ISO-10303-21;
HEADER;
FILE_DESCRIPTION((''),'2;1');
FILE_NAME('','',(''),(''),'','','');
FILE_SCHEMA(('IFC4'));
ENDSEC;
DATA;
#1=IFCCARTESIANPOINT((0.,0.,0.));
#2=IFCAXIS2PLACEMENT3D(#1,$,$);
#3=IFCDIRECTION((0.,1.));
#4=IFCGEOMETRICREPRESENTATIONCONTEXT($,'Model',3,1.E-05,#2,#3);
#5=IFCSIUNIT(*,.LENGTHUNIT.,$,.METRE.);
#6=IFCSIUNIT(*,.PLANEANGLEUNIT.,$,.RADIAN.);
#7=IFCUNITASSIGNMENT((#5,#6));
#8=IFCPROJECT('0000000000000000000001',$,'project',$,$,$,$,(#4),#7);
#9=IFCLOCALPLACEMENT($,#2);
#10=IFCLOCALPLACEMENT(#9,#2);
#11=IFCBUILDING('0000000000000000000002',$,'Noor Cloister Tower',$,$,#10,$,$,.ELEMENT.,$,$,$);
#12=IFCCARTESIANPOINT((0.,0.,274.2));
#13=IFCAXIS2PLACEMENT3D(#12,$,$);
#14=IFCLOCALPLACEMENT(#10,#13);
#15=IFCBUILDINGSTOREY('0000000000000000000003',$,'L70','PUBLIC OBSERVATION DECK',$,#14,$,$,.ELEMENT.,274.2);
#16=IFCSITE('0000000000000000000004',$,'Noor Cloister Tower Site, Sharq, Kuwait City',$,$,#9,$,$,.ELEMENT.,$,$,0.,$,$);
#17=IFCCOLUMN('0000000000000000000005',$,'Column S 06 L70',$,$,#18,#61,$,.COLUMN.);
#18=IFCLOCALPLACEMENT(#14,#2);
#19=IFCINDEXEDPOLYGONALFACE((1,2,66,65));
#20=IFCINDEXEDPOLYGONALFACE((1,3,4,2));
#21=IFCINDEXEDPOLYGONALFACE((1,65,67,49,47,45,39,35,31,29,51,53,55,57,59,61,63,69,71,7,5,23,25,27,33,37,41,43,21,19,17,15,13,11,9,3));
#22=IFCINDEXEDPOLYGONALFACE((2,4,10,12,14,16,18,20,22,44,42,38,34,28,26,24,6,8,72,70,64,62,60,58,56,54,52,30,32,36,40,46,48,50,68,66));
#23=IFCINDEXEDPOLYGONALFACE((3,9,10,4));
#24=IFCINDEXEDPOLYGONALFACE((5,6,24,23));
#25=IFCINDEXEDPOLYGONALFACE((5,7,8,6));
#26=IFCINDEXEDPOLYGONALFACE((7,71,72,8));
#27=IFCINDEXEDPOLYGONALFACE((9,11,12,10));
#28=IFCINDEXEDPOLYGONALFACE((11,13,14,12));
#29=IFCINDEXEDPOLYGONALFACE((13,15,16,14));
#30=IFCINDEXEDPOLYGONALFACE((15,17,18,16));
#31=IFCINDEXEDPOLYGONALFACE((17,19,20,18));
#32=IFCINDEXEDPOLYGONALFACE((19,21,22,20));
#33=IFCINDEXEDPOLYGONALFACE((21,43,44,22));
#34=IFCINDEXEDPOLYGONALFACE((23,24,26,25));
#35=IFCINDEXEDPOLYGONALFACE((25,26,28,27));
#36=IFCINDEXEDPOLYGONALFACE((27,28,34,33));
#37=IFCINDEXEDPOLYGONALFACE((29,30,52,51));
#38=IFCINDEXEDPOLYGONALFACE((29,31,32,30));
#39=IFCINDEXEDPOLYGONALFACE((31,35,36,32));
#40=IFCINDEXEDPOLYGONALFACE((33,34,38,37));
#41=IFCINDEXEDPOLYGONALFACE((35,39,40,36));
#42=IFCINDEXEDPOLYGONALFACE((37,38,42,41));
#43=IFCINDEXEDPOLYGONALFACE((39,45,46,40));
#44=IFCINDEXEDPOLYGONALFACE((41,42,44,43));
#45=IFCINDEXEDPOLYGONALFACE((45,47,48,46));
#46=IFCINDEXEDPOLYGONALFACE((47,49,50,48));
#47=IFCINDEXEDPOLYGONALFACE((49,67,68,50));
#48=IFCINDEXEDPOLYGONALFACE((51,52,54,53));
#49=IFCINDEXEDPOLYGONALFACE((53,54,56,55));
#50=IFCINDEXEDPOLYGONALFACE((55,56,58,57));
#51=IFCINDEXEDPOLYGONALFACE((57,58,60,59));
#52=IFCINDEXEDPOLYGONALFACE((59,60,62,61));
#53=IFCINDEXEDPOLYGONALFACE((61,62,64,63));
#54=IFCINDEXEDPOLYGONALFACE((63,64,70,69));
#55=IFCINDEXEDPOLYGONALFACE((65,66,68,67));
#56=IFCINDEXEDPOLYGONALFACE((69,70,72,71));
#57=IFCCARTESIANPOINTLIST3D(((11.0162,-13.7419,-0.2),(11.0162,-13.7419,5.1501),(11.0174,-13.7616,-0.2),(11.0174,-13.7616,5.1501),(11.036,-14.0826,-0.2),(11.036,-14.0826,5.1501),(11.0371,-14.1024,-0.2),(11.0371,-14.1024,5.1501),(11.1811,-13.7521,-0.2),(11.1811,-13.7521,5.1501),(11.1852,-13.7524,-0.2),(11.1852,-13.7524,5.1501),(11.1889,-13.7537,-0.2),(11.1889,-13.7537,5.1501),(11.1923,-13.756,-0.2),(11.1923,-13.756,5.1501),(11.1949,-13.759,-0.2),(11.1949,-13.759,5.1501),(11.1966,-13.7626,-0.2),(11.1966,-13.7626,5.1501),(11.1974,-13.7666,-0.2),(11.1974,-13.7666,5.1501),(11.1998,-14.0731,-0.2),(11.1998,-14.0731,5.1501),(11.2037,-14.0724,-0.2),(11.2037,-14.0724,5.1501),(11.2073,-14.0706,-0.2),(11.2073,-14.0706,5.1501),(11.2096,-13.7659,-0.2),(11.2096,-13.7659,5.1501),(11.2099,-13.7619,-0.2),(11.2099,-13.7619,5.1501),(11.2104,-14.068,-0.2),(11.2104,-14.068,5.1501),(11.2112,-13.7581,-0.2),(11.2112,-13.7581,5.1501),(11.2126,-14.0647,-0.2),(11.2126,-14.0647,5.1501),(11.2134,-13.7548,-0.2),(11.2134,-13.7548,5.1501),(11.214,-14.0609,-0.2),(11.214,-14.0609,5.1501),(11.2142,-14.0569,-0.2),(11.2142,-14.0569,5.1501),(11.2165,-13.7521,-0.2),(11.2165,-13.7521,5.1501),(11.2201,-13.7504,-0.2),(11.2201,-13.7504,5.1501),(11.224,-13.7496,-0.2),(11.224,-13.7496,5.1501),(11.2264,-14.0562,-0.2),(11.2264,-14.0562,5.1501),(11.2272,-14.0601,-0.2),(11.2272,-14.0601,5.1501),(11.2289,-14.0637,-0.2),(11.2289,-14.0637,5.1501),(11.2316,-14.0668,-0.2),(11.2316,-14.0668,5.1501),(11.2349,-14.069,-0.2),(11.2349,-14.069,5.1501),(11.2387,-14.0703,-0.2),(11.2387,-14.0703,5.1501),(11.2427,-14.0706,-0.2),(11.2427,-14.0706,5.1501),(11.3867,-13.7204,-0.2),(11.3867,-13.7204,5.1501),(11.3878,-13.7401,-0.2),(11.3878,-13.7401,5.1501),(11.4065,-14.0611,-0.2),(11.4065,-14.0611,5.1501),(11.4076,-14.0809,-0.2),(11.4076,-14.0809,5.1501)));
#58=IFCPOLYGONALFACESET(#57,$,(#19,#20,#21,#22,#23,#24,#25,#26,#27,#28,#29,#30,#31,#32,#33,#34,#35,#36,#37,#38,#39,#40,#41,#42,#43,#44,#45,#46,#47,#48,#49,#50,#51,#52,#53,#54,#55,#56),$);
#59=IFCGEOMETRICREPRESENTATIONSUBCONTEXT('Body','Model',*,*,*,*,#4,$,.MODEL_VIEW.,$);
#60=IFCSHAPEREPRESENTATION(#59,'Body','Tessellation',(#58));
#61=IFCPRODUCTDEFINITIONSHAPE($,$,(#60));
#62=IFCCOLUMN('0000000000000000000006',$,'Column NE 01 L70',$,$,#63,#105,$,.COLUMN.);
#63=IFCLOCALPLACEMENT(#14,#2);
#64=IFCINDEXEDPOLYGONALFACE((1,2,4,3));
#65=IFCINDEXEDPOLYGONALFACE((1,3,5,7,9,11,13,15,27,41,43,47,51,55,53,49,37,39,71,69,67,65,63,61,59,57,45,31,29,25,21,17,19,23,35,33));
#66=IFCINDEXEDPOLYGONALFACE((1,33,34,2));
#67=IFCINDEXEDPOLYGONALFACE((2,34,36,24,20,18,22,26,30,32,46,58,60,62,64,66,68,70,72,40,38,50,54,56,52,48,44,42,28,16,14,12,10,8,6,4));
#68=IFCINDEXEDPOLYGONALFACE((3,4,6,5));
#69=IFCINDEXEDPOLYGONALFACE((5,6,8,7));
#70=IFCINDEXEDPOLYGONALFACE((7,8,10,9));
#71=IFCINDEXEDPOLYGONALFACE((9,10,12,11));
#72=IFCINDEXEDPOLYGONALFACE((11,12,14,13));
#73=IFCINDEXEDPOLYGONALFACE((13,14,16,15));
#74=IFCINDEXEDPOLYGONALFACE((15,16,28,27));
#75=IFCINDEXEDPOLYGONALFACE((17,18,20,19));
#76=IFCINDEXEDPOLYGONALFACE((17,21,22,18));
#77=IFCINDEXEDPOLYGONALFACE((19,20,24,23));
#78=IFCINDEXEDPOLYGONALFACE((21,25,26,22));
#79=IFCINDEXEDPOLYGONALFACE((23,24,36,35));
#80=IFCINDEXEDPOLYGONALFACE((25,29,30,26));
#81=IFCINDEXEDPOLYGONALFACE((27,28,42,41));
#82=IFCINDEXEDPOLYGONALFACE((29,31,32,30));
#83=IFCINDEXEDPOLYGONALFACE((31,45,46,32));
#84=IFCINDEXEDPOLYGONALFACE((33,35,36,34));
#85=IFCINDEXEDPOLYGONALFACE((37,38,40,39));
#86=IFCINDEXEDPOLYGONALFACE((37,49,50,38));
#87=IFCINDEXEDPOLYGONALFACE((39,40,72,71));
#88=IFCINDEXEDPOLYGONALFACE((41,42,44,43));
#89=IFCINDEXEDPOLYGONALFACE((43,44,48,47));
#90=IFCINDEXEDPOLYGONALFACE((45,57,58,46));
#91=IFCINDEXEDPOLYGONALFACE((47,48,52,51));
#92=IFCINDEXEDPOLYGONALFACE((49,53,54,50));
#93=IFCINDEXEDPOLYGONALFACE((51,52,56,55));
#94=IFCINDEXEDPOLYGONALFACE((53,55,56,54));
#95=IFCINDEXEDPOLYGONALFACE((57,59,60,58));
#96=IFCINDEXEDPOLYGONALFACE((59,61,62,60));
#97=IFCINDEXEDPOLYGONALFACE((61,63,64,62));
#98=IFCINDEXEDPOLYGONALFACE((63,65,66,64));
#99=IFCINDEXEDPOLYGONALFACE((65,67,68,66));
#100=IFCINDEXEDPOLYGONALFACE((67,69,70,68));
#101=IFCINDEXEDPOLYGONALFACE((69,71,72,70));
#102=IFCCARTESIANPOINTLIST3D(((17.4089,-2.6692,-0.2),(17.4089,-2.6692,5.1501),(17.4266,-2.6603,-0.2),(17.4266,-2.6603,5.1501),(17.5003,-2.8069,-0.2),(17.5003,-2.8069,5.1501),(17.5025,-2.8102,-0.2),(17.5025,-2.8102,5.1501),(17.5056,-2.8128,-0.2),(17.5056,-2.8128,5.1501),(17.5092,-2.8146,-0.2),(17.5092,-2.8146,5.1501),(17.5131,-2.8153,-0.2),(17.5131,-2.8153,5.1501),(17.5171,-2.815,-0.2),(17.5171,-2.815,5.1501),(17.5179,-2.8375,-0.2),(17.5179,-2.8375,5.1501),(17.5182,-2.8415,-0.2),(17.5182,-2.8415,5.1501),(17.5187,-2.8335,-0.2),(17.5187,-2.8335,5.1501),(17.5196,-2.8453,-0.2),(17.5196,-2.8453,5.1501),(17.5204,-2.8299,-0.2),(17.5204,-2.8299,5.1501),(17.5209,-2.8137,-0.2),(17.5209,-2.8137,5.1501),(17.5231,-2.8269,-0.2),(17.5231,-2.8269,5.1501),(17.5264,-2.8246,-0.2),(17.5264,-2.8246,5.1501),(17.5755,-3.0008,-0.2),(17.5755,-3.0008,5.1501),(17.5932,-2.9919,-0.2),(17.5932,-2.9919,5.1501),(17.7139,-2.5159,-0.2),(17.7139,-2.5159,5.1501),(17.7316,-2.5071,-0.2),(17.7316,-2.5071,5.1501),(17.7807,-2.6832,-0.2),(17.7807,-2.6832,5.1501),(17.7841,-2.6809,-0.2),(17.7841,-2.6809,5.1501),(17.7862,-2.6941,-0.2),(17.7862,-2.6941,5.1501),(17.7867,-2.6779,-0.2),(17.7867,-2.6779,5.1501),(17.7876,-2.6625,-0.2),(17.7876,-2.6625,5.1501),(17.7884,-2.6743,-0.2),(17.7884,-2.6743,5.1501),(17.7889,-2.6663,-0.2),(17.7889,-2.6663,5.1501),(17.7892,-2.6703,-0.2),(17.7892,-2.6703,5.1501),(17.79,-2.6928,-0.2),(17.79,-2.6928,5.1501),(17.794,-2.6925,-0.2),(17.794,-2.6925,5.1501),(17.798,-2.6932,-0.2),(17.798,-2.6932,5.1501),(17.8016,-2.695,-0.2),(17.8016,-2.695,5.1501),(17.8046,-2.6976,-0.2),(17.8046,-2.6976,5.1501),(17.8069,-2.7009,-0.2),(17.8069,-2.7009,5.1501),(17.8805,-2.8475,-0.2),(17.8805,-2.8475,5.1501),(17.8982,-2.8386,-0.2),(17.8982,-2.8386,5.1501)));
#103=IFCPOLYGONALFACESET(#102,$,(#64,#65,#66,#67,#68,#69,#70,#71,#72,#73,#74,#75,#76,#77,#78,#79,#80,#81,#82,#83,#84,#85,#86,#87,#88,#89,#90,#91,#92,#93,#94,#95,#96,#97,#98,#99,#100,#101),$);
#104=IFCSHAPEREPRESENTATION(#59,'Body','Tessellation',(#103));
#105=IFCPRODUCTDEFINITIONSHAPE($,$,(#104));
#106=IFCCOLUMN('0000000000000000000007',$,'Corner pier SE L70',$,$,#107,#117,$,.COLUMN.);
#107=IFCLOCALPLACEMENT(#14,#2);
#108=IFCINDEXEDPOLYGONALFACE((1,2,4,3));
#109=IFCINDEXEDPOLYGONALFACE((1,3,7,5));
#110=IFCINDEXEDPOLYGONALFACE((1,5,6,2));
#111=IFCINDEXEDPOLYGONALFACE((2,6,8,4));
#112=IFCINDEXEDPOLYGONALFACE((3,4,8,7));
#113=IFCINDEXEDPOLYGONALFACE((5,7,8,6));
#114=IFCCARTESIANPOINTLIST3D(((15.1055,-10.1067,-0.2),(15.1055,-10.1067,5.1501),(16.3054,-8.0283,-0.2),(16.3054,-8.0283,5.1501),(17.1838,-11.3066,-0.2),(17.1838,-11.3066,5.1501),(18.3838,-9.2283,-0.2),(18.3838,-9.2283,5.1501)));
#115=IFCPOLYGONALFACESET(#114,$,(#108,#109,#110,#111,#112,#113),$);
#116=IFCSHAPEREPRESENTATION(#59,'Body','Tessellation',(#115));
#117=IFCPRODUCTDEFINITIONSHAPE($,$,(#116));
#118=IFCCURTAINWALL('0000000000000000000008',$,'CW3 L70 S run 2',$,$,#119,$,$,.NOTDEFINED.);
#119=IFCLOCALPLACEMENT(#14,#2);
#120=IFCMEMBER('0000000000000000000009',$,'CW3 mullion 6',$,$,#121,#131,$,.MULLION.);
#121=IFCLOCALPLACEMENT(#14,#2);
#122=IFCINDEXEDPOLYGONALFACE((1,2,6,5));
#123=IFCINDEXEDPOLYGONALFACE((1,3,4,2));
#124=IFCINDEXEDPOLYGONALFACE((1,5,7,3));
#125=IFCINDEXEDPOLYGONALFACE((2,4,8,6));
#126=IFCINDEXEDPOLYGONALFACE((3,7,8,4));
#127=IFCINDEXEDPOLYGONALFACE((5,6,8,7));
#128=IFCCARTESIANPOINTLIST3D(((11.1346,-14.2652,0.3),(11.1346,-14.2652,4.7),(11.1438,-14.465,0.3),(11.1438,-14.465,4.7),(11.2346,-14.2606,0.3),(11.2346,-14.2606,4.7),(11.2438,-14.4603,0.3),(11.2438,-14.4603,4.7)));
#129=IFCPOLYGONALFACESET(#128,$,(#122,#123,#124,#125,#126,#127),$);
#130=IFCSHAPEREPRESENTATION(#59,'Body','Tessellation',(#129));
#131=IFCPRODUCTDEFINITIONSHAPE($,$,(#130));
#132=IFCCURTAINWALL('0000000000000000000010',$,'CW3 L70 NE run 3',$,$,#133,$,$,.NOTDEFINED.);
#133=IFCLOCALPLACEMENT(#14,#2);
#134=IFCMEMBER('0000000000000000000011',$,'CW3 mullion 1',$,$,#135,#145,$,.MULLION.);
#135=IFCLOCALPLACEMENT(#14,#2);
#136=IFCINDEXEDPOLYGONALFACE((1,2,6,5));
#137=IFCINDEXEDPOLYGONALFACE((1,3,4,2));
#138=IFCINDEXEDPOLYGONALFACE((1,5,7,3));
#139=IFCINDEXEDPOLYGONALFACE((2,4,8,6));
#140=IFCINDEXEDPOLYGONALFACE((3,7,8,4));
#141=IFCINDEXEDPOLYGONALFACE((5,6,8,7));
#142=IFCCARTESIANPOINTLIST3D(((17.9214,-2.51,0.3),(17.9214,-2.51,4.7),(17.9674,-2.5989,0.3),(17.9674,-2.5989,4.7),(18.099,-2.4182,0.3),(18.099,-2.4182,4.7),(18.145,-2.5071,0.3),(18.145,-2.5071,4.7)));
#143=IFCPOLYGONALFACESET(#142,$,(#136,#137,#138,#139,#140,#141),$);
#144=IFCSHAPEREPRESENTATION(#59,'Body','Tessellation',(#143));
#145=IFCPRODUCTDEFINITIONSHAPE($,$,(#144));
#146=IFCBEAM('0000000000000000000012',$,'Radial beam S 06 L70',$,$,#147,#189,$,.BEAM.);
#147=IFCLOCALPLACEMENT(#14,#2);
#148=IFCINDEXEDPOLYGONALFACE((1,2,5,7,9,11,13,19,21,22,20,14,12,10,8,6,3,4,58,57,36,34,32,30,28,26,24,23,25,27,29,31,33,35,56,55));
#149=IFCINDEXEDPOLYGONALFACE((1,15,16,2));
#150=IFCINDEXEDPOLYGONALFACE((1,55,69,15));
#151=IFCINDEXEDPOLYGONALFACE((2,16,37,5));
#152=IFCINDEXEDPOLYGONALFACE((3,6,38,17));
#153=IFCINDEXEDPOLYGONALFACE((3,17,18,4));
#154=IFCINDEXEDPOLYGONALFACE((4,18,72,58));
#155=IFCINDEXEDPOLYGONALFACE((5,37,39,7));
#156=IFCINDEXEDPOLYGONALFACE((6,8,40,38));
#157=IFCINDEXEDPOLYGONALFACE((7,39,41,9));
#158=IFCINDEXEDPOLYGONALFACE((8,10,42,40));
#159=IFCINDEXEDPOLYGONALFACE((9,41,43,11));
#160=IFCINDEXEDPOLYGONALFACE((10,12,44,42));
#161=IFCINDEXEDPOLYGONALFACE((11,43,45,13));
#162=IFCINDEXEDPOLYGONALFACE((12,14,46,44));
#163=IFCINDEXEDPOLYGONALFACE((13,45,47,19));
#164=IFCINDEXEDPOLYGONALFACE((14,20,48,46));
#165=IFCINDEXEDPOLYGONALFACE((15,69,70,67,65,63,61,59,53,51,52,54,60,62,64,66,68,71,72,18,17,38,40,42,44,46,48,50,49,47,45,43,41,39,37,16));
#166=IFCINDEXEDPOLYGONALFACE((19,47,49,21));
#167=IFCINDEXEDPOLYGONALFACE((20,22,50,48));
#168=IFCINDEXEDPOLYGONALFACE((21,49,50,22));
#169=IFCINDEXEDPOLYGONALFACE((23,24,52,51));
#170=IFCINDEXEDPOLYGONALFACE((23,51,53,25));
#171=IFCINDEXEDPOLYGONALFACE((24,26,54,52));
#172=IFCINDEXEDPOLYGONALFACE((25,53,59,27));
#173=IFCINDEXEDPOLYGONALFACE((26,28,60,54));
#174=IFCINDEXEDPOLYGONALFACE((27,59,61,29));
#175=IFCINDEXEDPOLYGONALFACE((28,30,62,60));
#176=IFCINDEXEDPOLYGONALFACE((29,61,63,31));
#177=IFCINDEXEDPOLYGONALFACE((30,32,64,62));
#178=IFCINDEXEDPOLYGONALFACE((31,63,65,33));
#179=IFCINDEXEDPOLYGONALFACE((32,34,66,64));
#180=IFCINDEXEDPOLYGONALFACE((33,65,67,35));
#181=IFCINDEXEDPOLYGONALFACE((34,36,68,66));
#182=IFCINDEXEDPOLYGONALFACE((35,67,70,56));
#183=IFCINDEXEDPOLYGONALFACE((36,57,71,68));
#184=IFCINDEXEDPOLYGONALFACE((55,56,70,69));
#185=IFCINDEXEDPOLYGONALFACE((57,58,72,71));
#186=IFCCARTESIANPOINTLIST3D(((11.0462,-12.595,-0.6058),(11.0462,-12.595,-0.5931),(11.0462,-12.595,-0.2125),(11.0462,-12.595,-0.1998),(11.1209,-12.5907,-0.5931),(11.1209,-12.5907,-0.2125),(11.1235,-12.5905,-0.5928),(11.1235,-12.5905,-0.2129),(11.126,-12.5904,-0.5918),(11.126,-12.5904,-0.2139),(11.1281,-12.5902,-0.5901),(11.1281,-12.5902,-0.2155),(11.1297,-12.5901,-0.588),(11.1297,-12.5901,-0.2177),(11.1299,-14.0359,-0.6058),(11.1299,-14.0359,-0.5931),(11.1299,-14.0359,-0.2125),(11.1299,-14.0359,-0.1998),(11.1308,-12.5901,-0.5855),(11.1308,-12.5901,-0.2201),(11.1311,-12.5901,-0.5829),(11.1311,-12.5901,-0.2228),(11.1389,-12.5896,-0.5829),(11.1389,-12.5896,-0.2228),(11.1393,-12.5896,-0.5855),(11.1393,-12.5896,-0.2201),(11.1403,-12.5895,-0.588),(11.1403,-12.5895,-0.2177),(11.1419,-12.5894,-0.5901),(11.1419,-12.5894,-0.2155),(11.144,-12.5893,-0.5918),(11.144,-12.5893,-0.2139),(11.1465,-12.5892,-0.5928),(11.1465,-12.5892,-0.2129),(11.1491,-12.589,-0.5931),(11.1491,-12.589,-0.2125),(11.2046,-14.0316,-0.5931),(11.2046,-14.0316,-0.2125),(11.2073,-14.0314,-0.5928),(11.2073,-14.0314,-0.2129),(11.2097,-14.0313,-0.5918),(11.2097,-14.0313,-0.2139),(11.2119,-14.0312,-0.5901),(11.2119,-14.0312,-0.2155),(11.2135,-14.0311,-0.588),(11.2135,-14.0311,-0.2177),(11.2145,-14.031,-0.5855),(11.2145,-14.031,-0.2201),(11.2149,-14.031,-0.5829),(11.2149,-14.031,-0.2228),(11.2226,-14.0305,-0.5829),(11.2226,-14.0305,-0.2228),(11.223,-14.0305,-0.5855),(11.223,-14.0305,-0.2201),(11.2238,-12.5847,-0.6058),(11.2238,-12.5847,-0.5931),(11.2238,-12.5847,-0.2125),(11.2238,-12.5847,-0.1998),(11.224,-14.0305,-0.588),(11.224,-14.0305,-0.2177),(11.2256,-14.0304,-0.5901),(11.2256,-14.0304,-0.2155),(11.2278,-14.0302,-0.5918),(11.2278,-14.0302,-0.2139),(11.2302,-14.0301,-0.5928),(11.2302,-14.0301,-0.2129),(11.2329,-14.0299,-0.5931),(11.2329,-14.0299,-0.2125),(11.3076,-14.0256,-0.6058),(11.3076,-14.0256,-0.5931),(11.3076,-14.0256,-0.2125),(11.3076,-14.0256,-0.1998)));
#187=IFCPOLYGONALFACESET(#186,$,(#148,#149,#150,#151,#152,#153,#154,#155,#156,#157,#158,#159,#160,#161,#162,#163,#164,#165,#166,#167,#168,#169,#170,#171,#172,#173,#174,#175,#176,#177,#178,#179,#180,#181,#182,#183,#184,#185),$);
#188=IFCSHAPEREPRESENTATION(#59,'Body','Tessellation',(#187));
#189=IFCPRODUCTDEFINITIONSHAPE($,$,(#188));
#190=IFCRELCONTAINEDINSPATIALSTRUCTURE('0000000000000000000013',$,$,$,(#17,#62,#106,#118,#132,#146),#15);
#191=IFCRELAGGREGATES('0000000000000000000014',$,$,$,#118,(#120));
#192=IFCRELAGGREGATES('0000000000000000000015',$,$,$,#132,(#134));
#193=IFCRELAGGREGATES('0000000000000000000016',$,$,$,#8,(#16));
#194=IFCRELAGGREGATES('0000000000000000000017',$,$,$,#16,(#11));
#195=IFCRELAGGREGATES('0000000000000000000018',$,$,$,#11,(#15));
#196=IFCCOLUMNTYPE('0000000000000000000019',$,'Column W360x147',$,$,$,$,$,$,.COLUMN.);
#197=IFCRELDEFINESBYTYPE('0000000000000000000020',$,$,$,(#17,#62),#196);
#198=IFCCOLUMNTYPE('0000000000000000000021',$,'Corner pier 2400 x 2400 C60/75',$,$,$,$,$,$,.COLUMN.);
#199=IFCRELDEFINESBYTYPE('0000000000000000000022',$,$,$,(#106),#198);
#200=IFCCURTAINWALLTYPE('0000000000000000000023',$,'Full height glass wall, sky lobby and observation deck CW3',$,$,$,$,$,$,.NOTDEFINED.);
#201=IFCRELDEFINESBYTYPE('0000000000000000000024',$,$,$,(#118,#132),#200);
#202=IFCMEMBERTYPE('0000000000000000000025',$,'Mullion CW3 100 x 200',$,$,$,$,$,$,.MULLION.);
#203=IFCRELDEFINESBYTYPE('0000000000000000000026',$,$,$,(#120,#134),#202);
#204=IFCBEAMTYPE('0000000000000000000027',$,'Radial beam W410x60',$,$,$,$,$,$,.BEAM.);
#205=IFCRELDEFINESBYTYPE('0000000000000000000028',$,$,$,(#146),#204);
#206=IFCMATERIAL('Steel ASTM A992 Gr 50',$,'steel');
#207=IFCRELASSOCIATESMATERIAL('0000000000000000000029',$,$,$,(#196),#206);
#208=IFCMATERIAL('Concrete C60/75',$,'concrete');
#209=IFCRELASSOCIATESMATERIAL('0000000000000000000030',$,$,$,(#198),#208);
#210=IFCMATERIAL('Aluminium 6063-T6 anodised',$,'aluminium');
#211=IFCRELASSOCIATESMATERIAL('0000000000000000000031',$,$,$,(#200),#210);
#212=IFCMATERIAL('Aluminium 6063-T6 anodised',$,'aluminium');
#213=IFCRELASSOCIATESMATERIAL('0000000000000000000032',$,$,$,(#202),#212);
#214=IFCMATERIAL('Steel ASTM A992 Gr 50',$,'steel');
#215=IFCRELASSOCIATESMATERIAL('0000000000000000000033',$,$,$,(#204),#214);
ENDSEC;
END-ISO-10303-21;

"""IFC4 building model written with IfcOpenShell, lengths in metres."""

from ifc_helpers import new_model, si_unit, direction, frame, origin, origin_2d, place, context, subcontext, project, spatial, rectangle, i_section, extrude, material, material_profile, profile_set, type_object, element, aggregate, save


model = new_model("IFC4")

# Units and contexts
model_context = context("Model", 3, precision=1e-05, world=origin(), true_north=direction((0.0, 1.0)))
body_context = subcontext(model_context, "Body", "Model", "MODEL_VIEW")
ifc_project = project(units=[si_unit("LENGTHUNIT", "METRE"), si_unit("PLANEANGLEUNIT", "RADIAN")], contexts=[model_context])

# Site, building, storey
site_placement = place(None, origin())
site = spatial("IfcSite", under=ifc_project, at=site_placement, Name="Noor Cloister Tower Site, Sharq, Kuwait City", CompositionType="ELEMENT", RefElevation=0.0)
building_placement = place(site_placement, origin())
building = spatial("IfcBuilding", under=site, at=building_placement, Name="Noor Cloister Tower", CompositionType="ELEMENT")
storey_placement = place(building_placement, frame((0.0, 0.0, 274.2)))
storey = spatial("IfcBuildingStorey", under=building, at=storey_placement, Name="L70", Description="PUBLIC OBSERVATION DECK", CompositionType="ELEMENT", Elevation=274.2)

# Columns
ifc_material_1 = material(Name="Steel ASTM A992 Gr 50", Category="steel")
ifc_material_profile_1 = material_profile(ifc_material_1, i_section(OverallWidth=0.3711, OverallDepth=0.3611, WebThickness=0.0122, FlangeThickness=0.0198, FilletRadius=0.0154, at=origin_2d()), Name="W360x147")
ifc_profile_set_1 = profile_set([ifc_material_profile_1], Name="Steel ASTM A992 Gr 50")
column_type_1 = type_object("IfcColumnType", Name="Column W360x147", PredefinedType="COLUMN", material=ifc_profile_set_1)
for number, where, z_axis, x_axis, name in (
    (1, (11.2119, -13.9114, -0.2), (0.0, 0.0, 1.0), (0.99832, 0.057948, 0.0), "Column S 06 L70"),
    (2, (17.6536, -2.7539, -0.2), (0.0, 0.0, 1.0), (-0.448975, 0.893544, 0.0), "Column NE 01 L70"),
):
    element("IfcColumn", number, at=place(storey_placement, frame(where, z_axis=z_axis, x_axis=x_axis)), inside=storey, type_object=column_type_1, Name=name, PredefinedType="COLUMN", context=body_context, shape_type="SweptSolid", body=[
        extrude(i_section(OverallWidth=0.3711, OverallDepth=0.3611, WebThickness=0.0122, FlangeThickness=0.0198, FilletRadius=0.0154, at=origin_2d()), origin(), (0.0, 0.0, 1.0), 5.3501),
    ])
ifc_material_2 = material(Name="Concrete C60/75", Category="concrete")
ifc_material_profile_2 = material_profile(ifc_material_2, rectangle(XDim=2.3999, YDim=2.3999, at=origin_2d()), Name="RC 2400x2400")
ifc_profile_set_2 = profile_set([ifc_material_profile_2], Name="Concrete C60/75")
column_type_2 = type_object("IfcColumnType", Name="Corner pier 2400 x 2400 C60/75", PredefinedType="COLUMN", material=ifc_profile_set_2)
column_placement = place(storey_placement, frame((16.7446, -9.6675, -0.2), z_axis=(0.0, 0.0, 1.0), x_axis=(0.866025, -0.5, 0.0)))
element("IfcColumn", 3, at=column_placement, inside=storey, type_object=column_type_2, Name="Corner pier SE L70", PredefinedType="COLUMN", context=body_context, shape_type="SweptSolid", body=[
    extrude(rectangle(XDim=2.3999, YDim=2.3999, at=origin_2d()), origin(), (0.0, 0.0, 1.0), 5.3501),
])

# Curtain walls, members
ifc_material_3 = material(Name="Aluminium 6063-T6 anodised", Category="aluminium")
curtain_wall_type = type_object("IfcCurtainWallType", Name="Full height glass wall, sky lobby and observation deck CW3", PredefinedType="NOTDEFINED", material=ifc_material_3)
curtain_wall_1_placement = place(storey_placement, origin())
curtain_wall_1 = element("IfcCurtainWall", 4, at=curtain_wall_1_placement, inside=storey, type_object=curtain_wall_type, Name="CW3 L70 S run 2", PredefinedType="NOTDEFINED")
ifc_material_4 = material(Name="Aluminium 6063-T6 anodised", Category="aluminium")
ifc_material_profile_3 = material_profile(ifc_material_4, rectangle(XDim=0.2, YDim=0.1001, at=origin_2d()), Name="200 x 100 mullion")
ifc_profile_set_3 = profile_set([ifc_material_profile_3], Name="Aluminium 6063-T6 anodised")
member_type = type_object("IfcMemberType", Name="Mullion CW3 100 x 200", PredefinedType="MULLION", material=ifc_profile_set_3)
member_1_placement = place(storey_placement, frame((11.1892, -14.3628, 0.3), z_axis=(0.0, 0.0, 1.0), x_axis=(-0.046368, 0.998924, 0.0)))
member_1 = element("IfcMember", 5, at=member_1_placement, type_object=member_type, Name="CW3 mullion 6", PredefinedType="MULLION", context=body_context, shape_type="SweptSolid", body=[
    extrude(rectangle(XDim=0.2, YDim=0.1001, at=origin_2d()), origin(), (0.0, 0.0, 1.0), 4.3999),
])
curtain_wall_2_placement = place(storey_placement, origin())
curtain_wall_2 = element("IfcCurtainWall", 6, at=curtain_wall_2_placement, inside=storey, type_object=curtain_wall_type, Name="CW3 L70 NE run 3", PredefinedType="NOTDEFINED")
member_2_placement = place(storey_placement, frame((18.0332, -2.5085, 0.3), z_axis=(0.0, 0.0, 1.0), x_axis=(-0.888278, -0.459306, 0.0)))
member_2 = element("IfcMember", 7, at=member_2_placement, type_object=member_type, Name="CW3 mullion 1", PredefinedType="MULLION", context=body_context, shape_type="SweptSolid", body=[
    extrude(rectangle(XDim=0.2, YDim=0.1001, at=origin_2d()), origin(), (0.0, 0.0, 1.0), 4.3999),
])

# Beam
ifc_material_5 = material(Name="Steel ASTM A992 Gr 50", Category="steel")
ifc_material_profile_4 = material_profile(ifc_material_5, i_section(OverallWidth=0.178, OverallDepth=0.406, WebThickness=0.0078, FlangeThickness=0.0127, FilletRadius=0.0103, at=origin_2d()), Name="W410x60")
ifc_profile_set_4 = profile_set([ifc_material_profile_4], Name="Steel ASTM A992 Gr 50")
beam_type_1 = type_object("IfcBeamType", Name="Radial beam W410x60", PredefinedType="BEAM", material=ifc_profile_set_4)
beam_1_placement = place(storey_placement, frame((11.2188, -14.0308, -0.4028), z_axis=(-0.058018, 0.998316, 0.0), x_axis=(-0.998316, -0.058018, 0.0)))
element("IfcBeam", 8, at=beam_1_placement, inside=storey, type_object=beam_type_1, Name="Radial beam S 06 L70", PredefinedType="BEAM", context=body_context, shape_type="SweptSolid", body=[
    extrude(i_section(OverallWidth=0.178, OverallDepth=0.406, WebThickness=0.0078, FlangeThickness=0.0127, FilletRadius=0.0103, at=origin_2d()), origin(), (0.0, 0.0, 1.0), 1.4434),
])

aggregate(curtain_wall_1, [member_1])
aggregate(curtain_wall_2, [member_2])

save(model, "model.ifc")
